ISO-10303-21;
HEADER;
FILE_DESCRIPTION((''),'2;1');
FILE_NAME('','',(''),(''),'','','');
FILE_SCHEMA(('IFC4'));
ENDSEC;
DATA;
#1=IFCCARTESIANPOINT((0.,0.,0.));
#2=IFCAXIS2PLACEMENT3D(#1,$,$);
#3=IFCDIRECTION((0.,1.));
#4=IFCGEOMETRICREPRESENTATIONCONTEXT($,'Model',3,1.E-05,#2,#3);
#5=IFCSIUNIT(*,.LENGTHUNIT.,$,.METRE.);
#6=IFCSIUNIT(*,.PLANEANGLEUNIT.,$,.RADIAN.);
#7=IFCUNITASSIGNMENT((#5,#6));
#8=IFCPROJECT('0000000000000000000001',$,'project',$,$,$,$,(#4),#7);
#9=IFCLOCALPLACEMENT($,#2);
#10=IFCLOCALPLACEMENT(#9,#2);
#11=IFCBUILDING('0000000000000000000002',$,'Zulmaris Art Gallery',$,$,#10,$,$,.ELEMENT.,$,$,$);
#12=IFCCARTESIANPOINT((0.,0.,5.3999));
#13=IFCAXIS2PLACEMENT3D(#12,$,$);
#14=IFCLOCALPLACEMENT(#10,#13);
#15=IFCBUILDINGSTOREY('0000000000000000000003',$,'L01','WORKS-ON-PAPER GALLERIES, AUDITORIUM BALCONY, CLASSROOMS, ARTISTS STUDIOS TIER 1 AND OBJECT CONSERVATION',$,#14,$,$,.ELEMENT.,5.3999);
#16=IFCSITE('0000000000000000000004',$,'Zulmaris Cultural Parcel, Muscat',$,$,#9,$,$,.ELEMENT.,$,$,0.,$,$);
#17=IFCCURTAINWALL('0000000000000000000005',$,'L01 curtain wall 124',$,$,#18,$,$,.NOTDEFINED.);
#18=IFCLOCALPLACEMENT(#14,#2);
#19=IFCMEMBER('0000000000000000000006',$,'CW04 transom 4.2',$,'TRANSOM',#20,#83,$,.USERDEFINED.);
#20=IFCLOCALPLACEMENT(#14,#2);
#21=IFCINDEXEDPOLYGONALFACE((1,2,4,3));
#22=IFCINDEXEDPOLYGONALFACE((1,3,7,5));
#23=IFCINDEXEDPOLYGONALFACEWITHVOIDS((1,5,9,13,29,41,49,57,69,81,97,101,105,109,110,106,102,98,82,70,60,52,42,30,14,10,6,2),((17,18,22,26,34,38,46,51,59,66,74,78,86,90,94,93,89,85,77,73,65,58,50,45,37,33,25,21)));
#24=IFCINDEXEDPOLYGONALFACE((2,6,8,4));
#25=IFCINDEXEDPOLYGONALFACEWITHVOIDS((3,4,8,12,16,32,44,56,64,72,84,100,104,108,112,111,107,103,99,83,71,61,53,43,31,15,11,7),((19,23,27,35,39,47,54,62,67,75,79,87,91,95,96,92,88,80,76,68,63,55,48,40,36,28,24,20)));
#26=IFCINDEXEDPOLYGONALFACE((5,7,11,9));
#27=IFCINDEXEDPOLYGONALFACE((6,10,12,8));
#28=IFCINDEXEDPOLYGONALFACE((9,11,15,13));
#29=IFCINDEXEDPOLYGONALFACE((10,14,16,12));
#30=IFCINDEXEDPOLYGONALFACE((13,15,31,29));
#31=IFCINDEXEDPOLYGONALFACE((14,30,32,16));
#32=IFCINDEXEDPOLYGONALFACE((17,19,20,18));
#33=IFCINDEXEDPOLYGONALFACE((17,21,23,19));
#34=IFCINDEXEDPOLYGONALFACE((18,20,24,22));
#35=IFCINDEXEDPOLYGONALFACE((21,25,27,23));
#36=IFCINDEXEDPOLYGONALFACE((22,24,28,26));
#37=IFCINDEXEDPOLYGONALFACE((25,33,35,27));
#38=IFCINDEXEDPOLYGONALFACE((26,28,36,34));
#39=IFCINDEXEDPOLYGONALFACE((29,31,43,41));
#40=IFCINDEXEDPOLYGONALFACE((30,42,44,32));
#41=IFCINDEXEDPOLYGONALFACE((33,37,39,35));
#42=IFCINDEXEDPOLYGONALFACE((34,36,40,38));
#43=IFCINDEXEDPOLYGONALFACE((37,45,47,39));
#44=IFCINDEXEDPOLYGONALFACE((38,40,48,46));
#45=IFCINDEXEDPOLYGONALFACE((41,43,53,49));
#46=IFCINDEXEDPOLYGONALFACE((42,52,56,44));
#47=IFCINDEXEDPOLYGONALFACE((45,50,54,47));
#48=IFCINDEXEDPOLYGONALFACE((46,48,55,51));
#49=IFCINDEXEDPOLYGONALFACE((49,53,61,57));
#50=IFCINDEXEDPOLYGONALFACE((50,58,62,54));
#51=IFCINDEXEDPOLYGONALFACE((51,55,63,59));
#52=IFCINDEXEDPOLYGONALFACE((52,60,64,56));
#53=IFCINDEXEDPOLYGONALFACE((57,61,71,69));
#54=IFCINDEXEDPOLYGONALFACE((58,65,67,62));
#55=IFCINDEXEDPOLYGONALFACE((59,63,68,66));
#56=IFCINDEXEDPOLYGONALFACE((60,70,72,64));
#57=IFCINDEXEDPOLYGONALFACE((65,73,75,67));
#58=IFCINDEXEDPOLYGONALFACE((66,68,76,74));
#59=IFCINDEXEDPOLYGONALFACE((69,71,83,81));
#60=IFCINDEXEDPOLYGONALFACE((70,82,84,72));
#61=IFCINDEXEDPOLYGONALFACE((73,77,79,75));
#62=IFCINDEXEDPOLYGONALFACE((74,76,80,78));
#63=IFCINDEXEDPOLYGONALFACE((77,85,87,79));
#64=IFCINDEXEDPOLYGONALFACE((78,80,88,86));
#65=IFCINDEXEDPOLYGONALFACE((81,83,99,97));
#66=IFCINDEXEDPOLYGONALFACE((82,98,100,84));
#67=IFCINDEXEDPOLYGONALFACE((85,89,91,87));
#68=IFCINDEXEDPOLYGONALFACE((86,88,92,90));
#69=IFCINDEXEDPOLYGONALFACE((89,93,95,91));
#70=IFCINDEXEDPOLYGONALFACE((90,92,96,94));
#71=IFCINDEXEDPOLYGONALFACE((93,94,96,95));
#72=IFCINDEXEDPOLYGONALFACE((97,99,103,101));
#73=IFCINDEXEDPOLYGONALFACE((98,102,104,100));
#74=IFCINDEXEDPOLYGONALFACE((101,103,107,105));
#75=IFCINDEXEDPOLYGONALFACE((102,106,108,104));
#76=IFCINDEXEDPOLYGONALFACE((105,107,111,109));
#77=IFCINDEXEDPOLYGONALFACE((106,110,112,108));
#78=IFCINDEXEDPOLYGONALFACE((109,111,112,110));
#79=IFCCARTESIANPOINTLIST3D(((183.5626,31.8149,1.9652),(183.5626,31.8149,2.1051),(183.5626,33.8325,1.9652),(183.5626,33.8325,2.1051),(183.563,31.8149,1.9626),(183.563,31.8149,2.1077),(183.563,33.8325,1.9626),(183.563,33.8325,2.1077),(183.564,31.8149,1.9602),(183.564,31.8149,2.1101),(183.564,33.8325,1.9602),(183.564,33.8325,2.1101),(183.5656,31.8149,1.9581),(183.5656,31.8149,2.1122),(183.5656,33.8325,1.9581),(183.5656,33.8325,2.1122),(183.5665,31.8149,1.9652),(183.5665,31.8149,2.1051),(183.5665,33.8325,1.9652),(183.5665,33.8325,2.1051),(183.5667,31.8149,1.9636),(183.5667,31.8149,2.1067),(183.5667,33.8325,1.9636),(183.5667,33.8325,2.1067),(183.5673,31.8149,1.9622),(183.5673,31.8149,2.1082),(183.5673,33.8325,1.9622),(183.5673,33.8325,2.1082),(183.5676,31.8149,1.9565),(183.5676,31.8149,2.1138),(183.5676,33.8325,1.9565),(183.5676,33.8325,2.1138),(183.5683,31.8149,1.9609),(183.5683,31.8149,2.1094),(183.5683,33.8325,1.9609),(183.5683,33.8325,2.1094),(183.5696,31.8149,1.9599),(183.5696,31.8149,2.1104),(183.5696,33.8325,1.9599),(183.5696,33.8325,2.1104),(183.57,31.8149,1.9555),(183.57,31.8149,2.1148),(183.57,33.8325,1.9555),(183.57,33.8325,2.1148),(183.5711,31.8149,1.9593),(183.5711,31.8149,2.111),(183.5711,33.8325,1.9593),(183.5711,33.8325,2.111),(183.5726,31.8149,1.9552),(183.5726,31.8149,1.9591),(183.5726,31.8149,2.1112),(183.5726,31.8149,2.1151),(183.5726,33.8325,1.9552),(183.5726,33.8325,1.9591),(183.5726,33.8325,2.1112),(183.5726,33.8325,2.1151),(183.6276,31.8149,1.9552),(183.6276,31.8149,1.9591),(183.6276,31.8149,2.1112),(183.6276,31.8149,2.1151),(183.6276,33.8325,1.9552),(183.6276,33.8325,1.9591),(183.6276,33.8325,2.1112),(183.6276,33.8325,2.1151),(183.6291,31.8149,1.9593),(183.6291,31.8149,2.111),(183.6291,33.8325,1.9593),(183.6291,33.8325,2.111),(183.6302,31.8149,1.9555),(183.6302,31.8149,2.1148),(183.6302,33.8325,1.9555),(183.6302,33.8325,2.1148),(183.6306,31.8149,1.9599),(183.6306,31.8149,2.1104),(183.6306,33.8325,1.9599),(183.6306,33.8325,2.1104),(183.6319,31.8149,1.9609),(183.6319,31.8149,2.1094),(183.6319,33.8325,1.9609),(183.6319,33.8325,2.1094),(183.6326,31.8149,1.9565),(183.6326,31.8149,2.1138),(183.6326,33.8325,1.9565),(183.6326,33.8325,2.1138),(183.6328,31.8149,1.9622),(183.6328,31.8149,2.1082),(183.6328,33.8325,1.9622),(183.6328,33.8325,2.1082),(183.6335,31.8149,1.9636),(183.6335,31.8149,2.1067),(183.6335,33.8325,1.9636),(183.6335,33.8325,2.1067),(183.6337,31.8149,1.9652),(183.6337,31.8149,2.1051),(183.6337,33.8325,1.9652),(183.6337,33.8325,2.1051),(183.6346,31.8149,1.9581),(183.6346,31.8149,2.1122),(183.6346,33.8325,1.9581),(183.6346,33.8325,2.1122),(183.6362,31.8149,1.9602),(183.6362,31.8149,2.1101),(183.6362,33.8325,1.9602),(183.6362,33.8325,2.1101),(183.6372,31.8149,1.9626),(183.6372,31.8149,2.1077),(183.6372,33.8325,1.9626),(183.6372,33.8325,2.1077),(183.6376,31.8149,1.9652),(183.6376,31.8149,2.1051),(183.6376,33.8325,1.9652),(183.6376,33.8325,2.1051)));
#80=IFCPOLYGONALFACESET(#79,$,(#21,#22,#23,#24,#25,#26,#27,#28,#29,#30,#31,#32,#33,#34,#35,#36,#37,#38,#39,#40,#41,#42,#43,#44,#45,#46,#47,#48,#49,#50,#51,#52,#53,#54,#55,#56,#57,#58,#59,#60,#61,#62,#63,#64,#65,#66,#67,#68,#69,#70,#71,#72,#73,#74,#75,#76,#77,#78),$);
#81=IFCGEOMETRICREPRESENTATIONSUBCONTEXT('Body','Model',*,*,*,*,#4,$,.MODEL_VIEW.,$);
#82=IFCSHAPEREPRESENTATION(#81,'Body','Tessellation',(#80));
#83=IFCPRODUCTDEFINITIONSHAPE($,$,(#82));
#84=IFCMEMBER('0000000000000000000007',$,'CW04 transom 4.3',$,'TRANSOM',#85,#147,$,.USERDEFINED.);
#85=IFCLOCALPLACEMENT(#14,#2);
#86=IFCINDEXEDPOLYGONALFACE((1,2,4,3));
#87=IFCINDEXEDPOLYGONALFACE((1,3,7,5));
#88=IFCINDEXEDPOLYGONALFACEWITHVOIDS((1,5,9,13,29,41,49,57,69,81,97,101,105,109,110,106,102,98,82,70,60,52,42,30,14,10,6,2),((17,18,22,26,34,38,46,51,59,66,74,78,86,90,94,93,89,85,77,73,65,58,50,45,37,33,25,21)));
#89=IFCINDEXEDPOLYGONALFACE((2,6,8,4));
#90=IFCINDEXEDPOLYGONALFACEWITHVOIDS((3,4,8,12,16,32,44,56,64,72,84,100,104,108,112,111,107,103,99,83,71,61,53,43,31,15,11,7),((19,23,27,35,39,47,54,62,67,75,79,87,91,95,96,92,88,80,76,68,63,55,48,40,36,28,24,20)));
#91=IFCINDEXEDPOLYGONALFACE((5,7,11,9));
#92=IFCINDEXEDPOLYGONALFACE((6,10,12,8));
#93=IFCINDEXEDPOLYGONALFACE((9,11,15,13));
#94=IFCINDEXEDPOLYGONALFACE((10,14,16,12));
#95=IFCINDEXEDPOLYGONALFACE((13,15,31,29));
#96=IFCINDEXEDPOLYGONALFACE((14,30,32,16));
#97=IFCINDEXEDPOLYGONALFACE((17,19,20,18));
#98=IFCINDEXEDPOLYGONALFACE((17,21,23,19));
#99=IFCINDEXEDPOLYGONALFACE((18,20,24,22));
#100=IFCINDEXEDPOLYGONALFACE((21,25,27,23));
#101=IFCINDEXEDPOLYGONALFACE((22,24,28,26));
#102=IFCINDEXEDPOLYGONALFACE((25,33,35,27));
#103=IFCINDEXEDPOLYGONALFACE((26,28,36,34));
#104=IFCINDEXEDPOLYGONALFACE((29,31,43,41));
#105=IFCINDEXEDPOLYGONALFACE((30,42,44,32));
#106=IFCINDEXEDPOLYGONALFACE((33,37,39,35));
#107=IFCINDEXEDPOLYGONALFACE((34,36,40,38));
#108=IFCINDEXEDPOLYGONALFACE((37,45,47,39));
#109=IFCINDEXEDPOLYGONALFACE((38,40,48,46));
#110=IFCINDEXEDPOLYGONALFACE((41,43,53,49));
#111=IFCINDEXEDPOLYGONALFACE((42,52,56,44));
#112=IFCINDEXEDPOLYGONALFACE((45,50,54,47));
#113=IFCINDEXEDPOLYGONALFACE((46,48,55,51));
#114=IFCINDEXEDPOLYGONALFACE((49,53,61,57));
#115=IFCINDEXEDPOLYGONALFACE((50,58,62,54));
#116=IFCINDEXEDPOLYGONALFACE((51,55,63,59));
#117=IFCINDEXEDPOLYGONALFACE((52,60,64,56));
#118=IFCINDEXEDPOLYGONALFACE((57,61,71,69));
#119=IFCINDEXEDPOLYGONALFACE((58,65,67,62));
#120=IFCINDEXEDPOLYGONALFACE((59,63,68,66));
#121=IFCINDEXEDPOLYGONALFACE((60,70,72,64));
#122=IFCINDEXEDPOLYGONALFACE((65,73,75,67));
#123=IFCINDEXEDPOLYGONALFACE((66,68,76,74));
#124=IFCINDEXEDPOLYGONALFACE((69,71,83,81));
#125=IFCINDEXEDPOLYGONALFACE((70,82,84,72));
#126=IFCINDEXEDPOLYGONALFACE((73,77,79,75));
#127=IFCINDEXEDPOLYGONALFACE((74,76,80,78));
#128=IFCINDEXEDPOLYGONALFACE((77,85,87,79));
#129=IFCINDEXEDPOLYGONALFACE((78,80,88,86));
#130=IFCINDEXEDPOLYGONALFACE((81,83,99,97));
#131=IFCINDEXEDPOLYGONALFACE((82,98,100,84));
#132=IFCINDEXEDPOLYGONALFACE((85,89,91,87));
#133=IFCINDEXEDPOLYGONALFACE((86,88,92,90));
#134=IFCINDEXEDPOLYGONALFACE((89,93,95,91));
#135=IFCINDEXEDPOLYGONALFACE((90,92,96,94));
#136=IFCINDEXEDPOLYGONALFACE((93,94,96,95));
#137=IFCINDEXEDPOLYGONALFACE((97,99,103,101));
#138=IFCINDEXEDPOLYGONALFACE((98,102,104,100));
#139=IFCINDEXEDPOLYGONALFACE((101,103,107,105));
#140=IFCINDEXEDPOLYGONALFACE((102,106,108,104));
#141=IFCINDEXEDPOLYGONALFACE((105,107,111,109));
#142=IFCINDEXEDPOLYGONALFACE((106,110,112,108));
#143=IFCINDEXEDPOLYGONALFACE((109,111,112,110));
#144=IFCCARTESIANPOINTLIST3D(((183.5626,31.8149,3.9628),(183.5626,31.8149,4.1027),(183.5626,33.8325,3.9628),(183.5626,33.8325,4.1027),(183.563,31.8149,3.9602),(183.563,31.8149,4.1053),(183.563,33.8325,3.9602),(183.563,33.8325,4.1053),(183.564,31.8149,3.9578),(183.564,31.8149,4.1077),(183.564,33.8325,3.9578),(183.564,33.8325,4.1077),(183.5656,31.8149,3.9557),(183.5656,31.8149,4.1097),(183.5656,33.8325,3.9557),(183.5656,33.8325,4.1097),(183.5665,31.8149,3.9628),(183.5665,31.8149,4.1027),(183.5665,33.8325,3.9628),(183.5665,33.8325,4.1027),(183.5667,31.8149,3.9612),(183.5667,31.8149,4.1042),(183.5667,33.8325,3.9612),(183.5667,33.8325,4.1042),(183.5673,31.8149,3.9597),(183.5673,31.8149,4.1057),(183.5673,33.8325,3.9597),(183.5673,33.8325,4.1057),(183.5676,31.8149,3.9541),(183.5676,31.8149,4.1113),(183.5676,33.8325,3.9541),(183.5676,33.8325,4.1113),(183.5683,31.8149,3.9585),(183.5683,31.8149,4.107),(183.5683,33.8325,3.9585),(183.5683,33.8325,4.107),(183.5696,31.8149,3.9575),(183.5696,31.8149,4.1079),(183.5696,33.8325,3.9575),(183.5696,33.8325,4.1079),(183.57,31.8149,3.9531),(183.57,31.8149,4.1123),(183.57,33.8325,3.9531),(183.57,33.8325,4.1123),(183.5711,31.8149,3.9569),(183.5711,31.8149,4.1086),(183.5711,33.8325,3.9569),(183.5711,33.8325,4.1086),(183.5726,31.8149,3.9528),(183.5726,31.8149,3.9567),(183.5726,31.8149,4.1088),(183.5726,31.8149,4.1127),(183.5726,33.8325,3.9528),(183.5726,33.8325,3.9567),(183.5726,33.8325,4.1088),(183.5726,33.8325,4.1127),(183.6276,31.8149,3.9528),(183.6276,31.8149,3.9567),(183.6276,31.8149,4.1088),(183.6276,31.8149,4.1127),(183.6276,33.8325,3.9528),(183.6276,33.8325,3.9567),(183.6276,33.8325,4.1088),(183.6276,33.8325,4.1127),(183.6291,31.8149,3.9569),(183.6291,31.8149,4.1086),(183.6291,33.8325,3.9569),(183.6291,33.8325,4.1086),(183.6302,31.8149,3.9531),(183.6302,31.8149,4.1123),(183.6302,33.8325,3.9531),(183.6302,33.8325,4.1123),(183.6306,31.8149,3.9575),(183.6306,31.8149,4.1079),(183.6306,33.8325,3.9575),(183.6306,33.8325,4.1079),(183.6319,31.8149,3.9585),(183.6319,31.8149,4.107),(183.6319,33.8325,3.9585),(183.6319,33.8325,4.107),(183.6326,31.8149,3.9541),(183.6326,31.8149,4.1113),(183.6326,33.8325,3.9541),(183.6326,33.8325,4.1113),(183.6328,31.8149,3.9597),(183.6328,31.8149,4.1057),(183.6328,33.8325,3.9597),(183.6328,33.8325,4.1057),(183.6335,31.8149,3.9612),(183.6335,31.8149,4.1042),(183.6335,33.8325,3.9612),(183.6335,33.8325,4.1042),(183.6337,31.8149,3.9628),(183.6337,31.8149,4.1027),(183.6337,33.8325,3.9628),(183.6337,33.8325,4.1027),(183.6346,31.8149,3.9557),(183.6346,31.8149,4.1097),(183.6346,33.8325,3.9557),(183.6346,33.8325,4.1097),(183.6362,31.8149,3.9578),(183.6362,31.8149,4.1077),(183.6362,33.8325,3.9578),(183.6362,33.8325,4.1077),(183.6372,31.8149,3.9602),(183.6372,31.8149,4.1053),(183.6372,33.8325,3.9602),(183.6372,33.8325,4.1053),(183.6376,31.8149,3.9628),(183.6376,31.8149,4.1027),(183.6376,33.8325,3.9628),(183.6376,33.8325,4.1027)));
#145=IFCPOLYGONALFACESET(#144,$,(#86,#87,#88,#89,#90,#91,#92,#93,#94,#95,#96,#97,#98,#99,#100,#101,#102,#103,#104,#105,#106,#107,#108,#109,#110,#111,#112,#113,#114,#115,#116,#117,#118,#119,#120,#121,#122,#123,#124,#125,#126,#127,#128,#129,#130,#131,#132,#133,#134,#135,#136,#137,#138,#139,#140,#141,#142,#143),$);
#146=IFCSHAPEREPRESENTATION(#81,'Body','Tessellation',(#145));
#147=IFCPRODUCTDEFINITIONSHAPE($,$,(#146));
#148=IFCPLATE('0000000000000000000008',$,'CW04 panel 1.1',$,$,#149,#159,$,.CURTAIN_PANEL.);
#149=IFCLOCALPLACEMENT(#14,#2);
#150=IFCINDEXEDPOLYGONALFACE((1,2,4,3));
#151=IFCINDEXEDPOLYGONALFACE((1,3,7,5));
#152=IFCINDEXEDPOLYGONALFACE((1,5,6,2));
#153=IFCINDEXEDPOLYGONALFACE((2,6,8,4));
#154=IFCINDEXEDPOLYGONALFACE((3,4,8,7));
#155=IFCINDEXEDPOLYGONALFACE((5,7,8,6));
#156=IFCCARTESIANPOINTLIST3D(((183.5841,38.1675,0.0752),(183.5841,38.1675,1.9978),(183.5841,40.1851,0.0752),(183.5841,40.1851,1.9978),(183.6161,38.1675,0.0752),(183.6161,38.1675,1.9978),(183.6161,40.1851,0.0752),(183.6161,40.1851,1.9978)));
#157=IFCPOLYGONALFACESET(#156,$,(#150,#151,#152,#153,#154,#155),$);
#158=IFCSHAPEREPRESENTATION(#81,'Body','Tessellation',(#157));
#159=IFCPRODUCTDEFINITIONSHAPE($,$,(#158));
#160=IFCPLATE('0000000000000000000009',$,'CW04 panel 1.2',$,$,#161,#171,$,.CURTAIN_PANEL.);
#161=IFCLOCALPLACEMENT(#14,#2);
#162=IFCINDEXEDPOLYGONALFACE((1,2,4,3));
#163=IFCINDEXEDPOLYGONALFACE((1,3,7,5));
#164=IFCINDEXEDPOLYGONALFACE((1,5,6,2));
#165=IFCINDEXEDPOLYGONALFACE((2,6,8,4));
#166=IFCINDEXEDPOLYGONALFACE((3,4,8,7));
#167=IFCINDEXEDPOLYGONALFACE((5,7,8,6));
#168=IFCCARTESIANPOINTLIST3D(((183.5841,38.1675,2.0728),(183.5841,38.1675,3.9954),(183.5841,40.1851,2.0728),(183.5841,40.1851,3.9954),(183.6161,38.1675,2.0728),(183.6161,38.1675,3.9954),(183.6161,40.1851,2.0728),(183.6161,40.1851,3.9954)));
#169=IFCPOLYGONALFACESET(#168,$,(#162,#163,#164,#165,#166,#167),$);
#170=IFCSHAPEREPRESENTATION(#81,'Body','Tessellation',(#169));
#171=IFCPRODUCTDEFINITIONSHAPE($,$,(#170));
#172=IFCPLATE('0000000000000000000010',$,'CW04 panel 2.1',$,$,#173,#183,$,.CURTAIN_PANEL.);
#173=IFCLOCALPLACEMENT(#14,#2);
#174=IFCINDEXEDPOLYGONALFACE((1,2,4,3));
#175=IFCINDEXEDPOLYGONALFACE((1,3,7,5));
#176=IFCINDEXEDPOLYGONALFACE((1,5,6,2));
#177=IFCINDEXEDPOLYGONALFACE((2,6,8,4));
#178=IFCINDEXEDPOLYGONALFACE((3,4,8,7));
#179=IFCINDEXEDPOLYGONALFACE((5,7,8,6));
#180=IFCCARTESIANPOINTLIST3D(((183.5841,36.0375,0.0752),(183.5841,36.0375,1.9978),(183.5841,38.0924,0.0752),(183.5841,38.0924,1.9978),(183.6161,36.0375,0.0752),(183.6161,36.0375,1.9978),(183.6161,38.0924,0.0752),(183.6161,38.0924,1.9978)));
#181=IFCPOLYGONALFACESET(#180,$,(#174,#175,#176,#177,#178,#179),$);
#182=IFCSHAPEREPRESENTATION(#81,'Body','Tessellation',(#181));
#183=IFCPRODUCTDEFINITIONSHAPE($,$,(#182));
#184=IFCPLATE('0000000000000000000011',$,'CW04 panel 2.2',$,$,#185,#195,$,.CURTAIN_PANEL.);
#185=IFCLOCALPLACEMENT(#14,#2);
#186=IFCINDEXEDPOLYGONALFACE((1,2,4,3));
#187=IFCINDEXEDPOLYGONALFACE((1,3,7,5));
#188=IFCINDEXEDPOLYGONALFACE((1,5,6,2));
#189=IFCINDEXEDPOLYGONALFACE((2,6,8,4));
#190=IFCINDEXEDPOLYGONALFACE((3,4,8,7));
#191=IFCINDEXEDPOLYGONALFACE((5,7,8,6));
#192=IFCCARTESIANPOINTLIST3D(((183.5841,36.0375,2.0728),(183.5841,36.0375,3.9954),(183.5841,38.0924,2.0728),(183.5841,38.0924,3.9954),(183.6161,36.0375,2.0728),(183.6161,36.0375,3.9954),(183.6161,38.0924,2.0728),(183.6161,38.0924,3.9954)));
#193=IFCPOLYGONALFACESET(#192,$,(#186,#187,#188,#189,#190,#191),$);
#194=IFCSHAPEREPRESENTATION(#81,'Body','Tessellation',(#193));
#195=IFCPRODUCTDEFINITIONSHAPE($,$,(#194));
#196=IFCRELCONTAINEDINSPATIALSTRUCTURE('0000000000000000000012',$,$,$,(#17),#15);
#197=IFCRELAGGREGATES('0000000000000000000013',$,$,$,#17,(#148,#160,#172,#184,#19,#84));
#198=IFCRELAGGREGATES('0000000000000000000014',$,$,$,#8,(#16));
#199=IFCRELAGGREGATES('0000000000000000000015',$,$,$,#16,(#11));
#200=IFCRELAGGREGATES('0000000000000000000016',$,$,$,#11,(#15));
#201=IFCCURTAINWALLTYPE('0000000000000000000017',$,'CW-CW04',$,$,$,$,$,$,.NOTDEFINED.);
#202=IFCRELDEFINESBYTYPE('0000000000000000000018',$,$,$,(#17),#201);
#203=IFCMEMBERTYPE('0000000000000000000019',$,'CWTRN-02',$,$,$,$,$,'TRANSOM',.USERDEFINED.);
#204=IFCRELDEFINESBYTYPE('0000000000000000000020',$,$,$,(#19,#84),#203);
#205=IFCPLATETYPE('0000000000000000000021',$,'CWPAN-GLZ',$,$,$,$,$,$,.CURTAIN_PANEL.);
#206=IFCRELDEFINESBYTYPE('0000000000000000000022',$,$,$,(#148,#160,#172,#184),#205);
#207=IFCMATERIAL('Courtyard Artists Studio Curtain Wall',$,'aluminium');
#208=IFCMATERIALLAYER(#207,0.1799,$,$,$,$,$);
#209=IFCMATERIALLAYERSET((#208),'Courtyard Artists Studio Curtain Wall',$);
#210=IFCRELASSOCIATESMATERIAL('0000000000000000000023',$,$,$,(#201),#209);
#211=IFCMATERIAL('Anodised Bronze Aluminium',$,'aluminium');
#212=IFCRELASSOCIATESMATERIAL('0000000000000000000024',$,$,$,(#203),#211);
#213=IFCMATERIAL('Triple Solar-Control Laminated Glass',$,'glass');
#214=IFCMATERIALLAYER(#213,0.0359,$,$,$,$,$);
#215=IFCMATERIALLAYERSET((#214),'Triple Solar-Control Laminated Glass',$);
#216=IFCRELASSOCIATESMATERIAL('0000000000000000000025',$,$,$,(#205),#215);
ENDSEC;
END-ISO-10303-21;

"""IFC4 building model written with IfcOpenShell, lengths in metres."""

from ifc_helpers import new_model, si_unit, direction, frame, origin, origin_2d, place, context, subcontext, project, spatial, rectangle, hollow_rectangle, extrude, material, layer, layer_set, material_profile, profile_set, type_object, element, aggregate, save


model = new_model("IFC4")

# Units and contexts
model_context = context("Model", 3, precision=1e-05, world=origin(), true_north=direction((0.0, 1.0)))
body_context = subcontext(model_context, "Body", "Model", "MODEL_VIEW")
ifc_project = project(units=[si_unit("LENGTHUNIT", "METRE"), si_unit("PLANEANGLEUNIT", "RADIAN")], contexts=[model_context])

# Site, building, storey
site_placement = place(None, origin())
site = spatial("IfcSite", under=ifc_project, at=site_placement, Name="Zulmaris Cultural Parcel, Muscat", CompositionType="ELEMENT", RefElevation=0.0)
building_placement = place(site_placement, origin())
building = spatial("IfcBuilding", under=site, at=building_placement, Name="Zulmaris Art Gallery", CompositionType="ELEMENT")
storey_placement = place(building_placement, frame((0.0, 0.0, 5.3999)))
storey = spatial("IfcBuildingStorey", under=building, at=storey_placement, Name="L01", Description="WORKS-ON-PAPER GALLERIES, AUDITORIUM BALCONY, CLASSROOMS, ARTISTS STUDIOS TIER 1 AND OBJECT CONSERVATION", CompositionType="ELEMENT", Elevation=5.3999)

# Curtain wall
ifc_material_1 = material(Name="Courtyard Artists Studio Curtain Wall", Category="aluminium")
ifc_layer_1 = layer(ifc_material_1, 0.1799)
ifc_layer_set_1 = layer_set([ifc_layer_1], Name="Courtyard Artists Studio Curtain Wall")
curtain_wall_type = type_object("IfcCurtainWallType", Name="CW-CW04", PredefinedType="NOTDEFINED", material=ifc_layer_set_1)
curtain_wall_1_placement = place(storey_placement, origin())
curtain_wall_1 = element("IfcCurtainWall", 1, at=curtain_wall_1_placement, inside=storey, type_object=curtain_wall_type, Name="L01 curtain wall 124", PredefinedType="NOTDEFINED")
ifc_material_2 = material(Name="Anodised Bronze Aluminium", Category="aluminium")

# Members
ifc_material_profile_1 = material_profile(ifc_material_2, hollow_rectangle(XDim=0.075, YDim=0.1599, WallThickness=0.0039, InnerFilletRadius=0.0061, OuterFilletRadius=0.01, at=origin_2d()), Name="ALU 75x160x4")
ifc_profile_set_1 = profile_set([ifc_material_profile_1], Name="Anodised Bronze Aluminium")
member_type_1 = type_object("IfcMemberType", Name="CWTRN-02", ElementType="TRANSOM", PredefinedType="USERDEFINED", material=ifc_profile_set_1)
member_1_placement = place(storey_placement, frame((183.6001, 33.8325, 2.0352), z_axis=(0.0, -1.0, 0.0), x_axis=(1.0, 0.0, 0.0)))
member_1 = element("IfcMember", 2, at=member_1_placement, type_object=member_type_1, Name="CW04 transom 4.2", ObjectType="TRANSOM", PredefinedType="USERDEFINED", context=body_context, shape_type="SweptSolid", body=[
    extrude(hollow_rectangle(XDim=0.075, YDim=0.1599, WallThickness=0.0039, InnerFilletRadius=0.0061, OuterFilletRadius=0.01, at=origin_2d()), origin(), (0.0, 0.0, 1.0), 2.0176),
])
member_2_placement = place(storey_placement, frame((183.6001, 33.8325, 4.0327), z_axis=(0.0, -1.0, 0.0), x_axis=(1.0, 0.0, 0.0)))
member_2 = element("IfcMember", 3, at=member_2_placement, type_object=member_type_1, Name="CW04 transom 4.3", ObjectType="TRANSOM", PredefinedType="USERDEFINED", context=body_context, shape_type="SweptSolid", body=[
    extrude(hollow_rectangle(XDim=0.075, YDim=0.1599, WallThickness=0.0039, InnerFilletRadius=0.0061, OuterFilletRadius=0.01, at=origin_2d()), origin(), (0.0, 0.0, 1.0), 2.0176),
])

# Plates
ifc_material_3 = material(Name="Triple Solar-Control Laminated Glass", Category="glass")
ifc_layer_2 = layer(ifc_material_3, 0.0359)
ifc_layer_set_2 = layer_set([ifc_layer_2], Name="Triple Solar-Control Laminated Glass")
plate_type = type_object("IfcPlateType", Name="CWPAN-GLZ", PredefinedType="CURTAIN_PANEL", material=ifc_layer_set_2)
plate_1_placement = place(storey_placement, frame((183.6001, 39.1763, 0.0752), z_axis=(0.0, 0.0, 1.0), x_axis=(0.0, -1.0, 0.0)))
plate_1 = element("IfcPlate", 4, at=plate_1_placement, type_object=plate_type, Name="CW04 panel 1.1", PredefinedType="CURTAIN_PANEL", context=body_context, shape_type="SweptSolid", body=[
    extrude(rectangle(XDim=2.0176, YDim=0.032, at=origin_2d()), origin(), (0.0, 0.0, 1.0), 1.9226),
])
plate_2_placement = place(storey_placement, frame((183.6001, 39.1763, 2.0728), z_axis=(0.0, 0.0, 1.0), x_axis=(0.0, -1.0, 0.0)))
plate_2 = element("IfcPlate", 5, at=plate_2_placement, type_object=plate_type, Name="CW04 panel 1.2", PredefinedType="CURTAIN_PANEL", context=body_context, shape_type="SweptSolid", body=[
    extrude(rectangle(XDim=2.0176, YDim=0.032, at=origin_2d()), origin(), (0.0, 0.0, 1.0), 1.9226),
])
plate_3_placement = place(storey_placement, frame((183.6001, 37.0649, 0.0752), z_axis=(0.0, 0.0, 1.0), x_axis=(0.0, -1.0, 0.0)))
plate_3 = element("IfcPlate", 6, at=plate_3_placement, type_object=plate_type, Name="CW04 panel 2.1", PredefinedType="CURTAIN_PANEL", context=body_context, shape_type="SweptSolid", body=[
    extrude(rectangle(XDim=2.0549, YDim=0.032, at=origin_2d()), origin(), (0.0, 0.0, 1.0), 1.9226),
])
plate_4_placement = place(storey_placement, frame((183.6001, 37.0649, 2.0728), z_axis=(0.0, 0.0, 1.0), x_axis=(0.0, -1.0, 0.0)))
plate_4 = element("IfcPlate", 7, at=plate_4_placement, type_object=plate_type, Name="CW04 panel 2.2", PredefinedType="CURTAIN_PANEL", context=body_context, shape_type="SweptSolid", body=[
    extrude(rectangle(XDim=2.0549, YDim=0.032, at=origin_2d()), origin(), (0.0, 0.0, 1.0), 1.9226),
])
aggregate(curtain_wall_1, [plate_1, plate_2, plate_3, plate_4, member_1, member_2])

save(model, "model.ifc")
